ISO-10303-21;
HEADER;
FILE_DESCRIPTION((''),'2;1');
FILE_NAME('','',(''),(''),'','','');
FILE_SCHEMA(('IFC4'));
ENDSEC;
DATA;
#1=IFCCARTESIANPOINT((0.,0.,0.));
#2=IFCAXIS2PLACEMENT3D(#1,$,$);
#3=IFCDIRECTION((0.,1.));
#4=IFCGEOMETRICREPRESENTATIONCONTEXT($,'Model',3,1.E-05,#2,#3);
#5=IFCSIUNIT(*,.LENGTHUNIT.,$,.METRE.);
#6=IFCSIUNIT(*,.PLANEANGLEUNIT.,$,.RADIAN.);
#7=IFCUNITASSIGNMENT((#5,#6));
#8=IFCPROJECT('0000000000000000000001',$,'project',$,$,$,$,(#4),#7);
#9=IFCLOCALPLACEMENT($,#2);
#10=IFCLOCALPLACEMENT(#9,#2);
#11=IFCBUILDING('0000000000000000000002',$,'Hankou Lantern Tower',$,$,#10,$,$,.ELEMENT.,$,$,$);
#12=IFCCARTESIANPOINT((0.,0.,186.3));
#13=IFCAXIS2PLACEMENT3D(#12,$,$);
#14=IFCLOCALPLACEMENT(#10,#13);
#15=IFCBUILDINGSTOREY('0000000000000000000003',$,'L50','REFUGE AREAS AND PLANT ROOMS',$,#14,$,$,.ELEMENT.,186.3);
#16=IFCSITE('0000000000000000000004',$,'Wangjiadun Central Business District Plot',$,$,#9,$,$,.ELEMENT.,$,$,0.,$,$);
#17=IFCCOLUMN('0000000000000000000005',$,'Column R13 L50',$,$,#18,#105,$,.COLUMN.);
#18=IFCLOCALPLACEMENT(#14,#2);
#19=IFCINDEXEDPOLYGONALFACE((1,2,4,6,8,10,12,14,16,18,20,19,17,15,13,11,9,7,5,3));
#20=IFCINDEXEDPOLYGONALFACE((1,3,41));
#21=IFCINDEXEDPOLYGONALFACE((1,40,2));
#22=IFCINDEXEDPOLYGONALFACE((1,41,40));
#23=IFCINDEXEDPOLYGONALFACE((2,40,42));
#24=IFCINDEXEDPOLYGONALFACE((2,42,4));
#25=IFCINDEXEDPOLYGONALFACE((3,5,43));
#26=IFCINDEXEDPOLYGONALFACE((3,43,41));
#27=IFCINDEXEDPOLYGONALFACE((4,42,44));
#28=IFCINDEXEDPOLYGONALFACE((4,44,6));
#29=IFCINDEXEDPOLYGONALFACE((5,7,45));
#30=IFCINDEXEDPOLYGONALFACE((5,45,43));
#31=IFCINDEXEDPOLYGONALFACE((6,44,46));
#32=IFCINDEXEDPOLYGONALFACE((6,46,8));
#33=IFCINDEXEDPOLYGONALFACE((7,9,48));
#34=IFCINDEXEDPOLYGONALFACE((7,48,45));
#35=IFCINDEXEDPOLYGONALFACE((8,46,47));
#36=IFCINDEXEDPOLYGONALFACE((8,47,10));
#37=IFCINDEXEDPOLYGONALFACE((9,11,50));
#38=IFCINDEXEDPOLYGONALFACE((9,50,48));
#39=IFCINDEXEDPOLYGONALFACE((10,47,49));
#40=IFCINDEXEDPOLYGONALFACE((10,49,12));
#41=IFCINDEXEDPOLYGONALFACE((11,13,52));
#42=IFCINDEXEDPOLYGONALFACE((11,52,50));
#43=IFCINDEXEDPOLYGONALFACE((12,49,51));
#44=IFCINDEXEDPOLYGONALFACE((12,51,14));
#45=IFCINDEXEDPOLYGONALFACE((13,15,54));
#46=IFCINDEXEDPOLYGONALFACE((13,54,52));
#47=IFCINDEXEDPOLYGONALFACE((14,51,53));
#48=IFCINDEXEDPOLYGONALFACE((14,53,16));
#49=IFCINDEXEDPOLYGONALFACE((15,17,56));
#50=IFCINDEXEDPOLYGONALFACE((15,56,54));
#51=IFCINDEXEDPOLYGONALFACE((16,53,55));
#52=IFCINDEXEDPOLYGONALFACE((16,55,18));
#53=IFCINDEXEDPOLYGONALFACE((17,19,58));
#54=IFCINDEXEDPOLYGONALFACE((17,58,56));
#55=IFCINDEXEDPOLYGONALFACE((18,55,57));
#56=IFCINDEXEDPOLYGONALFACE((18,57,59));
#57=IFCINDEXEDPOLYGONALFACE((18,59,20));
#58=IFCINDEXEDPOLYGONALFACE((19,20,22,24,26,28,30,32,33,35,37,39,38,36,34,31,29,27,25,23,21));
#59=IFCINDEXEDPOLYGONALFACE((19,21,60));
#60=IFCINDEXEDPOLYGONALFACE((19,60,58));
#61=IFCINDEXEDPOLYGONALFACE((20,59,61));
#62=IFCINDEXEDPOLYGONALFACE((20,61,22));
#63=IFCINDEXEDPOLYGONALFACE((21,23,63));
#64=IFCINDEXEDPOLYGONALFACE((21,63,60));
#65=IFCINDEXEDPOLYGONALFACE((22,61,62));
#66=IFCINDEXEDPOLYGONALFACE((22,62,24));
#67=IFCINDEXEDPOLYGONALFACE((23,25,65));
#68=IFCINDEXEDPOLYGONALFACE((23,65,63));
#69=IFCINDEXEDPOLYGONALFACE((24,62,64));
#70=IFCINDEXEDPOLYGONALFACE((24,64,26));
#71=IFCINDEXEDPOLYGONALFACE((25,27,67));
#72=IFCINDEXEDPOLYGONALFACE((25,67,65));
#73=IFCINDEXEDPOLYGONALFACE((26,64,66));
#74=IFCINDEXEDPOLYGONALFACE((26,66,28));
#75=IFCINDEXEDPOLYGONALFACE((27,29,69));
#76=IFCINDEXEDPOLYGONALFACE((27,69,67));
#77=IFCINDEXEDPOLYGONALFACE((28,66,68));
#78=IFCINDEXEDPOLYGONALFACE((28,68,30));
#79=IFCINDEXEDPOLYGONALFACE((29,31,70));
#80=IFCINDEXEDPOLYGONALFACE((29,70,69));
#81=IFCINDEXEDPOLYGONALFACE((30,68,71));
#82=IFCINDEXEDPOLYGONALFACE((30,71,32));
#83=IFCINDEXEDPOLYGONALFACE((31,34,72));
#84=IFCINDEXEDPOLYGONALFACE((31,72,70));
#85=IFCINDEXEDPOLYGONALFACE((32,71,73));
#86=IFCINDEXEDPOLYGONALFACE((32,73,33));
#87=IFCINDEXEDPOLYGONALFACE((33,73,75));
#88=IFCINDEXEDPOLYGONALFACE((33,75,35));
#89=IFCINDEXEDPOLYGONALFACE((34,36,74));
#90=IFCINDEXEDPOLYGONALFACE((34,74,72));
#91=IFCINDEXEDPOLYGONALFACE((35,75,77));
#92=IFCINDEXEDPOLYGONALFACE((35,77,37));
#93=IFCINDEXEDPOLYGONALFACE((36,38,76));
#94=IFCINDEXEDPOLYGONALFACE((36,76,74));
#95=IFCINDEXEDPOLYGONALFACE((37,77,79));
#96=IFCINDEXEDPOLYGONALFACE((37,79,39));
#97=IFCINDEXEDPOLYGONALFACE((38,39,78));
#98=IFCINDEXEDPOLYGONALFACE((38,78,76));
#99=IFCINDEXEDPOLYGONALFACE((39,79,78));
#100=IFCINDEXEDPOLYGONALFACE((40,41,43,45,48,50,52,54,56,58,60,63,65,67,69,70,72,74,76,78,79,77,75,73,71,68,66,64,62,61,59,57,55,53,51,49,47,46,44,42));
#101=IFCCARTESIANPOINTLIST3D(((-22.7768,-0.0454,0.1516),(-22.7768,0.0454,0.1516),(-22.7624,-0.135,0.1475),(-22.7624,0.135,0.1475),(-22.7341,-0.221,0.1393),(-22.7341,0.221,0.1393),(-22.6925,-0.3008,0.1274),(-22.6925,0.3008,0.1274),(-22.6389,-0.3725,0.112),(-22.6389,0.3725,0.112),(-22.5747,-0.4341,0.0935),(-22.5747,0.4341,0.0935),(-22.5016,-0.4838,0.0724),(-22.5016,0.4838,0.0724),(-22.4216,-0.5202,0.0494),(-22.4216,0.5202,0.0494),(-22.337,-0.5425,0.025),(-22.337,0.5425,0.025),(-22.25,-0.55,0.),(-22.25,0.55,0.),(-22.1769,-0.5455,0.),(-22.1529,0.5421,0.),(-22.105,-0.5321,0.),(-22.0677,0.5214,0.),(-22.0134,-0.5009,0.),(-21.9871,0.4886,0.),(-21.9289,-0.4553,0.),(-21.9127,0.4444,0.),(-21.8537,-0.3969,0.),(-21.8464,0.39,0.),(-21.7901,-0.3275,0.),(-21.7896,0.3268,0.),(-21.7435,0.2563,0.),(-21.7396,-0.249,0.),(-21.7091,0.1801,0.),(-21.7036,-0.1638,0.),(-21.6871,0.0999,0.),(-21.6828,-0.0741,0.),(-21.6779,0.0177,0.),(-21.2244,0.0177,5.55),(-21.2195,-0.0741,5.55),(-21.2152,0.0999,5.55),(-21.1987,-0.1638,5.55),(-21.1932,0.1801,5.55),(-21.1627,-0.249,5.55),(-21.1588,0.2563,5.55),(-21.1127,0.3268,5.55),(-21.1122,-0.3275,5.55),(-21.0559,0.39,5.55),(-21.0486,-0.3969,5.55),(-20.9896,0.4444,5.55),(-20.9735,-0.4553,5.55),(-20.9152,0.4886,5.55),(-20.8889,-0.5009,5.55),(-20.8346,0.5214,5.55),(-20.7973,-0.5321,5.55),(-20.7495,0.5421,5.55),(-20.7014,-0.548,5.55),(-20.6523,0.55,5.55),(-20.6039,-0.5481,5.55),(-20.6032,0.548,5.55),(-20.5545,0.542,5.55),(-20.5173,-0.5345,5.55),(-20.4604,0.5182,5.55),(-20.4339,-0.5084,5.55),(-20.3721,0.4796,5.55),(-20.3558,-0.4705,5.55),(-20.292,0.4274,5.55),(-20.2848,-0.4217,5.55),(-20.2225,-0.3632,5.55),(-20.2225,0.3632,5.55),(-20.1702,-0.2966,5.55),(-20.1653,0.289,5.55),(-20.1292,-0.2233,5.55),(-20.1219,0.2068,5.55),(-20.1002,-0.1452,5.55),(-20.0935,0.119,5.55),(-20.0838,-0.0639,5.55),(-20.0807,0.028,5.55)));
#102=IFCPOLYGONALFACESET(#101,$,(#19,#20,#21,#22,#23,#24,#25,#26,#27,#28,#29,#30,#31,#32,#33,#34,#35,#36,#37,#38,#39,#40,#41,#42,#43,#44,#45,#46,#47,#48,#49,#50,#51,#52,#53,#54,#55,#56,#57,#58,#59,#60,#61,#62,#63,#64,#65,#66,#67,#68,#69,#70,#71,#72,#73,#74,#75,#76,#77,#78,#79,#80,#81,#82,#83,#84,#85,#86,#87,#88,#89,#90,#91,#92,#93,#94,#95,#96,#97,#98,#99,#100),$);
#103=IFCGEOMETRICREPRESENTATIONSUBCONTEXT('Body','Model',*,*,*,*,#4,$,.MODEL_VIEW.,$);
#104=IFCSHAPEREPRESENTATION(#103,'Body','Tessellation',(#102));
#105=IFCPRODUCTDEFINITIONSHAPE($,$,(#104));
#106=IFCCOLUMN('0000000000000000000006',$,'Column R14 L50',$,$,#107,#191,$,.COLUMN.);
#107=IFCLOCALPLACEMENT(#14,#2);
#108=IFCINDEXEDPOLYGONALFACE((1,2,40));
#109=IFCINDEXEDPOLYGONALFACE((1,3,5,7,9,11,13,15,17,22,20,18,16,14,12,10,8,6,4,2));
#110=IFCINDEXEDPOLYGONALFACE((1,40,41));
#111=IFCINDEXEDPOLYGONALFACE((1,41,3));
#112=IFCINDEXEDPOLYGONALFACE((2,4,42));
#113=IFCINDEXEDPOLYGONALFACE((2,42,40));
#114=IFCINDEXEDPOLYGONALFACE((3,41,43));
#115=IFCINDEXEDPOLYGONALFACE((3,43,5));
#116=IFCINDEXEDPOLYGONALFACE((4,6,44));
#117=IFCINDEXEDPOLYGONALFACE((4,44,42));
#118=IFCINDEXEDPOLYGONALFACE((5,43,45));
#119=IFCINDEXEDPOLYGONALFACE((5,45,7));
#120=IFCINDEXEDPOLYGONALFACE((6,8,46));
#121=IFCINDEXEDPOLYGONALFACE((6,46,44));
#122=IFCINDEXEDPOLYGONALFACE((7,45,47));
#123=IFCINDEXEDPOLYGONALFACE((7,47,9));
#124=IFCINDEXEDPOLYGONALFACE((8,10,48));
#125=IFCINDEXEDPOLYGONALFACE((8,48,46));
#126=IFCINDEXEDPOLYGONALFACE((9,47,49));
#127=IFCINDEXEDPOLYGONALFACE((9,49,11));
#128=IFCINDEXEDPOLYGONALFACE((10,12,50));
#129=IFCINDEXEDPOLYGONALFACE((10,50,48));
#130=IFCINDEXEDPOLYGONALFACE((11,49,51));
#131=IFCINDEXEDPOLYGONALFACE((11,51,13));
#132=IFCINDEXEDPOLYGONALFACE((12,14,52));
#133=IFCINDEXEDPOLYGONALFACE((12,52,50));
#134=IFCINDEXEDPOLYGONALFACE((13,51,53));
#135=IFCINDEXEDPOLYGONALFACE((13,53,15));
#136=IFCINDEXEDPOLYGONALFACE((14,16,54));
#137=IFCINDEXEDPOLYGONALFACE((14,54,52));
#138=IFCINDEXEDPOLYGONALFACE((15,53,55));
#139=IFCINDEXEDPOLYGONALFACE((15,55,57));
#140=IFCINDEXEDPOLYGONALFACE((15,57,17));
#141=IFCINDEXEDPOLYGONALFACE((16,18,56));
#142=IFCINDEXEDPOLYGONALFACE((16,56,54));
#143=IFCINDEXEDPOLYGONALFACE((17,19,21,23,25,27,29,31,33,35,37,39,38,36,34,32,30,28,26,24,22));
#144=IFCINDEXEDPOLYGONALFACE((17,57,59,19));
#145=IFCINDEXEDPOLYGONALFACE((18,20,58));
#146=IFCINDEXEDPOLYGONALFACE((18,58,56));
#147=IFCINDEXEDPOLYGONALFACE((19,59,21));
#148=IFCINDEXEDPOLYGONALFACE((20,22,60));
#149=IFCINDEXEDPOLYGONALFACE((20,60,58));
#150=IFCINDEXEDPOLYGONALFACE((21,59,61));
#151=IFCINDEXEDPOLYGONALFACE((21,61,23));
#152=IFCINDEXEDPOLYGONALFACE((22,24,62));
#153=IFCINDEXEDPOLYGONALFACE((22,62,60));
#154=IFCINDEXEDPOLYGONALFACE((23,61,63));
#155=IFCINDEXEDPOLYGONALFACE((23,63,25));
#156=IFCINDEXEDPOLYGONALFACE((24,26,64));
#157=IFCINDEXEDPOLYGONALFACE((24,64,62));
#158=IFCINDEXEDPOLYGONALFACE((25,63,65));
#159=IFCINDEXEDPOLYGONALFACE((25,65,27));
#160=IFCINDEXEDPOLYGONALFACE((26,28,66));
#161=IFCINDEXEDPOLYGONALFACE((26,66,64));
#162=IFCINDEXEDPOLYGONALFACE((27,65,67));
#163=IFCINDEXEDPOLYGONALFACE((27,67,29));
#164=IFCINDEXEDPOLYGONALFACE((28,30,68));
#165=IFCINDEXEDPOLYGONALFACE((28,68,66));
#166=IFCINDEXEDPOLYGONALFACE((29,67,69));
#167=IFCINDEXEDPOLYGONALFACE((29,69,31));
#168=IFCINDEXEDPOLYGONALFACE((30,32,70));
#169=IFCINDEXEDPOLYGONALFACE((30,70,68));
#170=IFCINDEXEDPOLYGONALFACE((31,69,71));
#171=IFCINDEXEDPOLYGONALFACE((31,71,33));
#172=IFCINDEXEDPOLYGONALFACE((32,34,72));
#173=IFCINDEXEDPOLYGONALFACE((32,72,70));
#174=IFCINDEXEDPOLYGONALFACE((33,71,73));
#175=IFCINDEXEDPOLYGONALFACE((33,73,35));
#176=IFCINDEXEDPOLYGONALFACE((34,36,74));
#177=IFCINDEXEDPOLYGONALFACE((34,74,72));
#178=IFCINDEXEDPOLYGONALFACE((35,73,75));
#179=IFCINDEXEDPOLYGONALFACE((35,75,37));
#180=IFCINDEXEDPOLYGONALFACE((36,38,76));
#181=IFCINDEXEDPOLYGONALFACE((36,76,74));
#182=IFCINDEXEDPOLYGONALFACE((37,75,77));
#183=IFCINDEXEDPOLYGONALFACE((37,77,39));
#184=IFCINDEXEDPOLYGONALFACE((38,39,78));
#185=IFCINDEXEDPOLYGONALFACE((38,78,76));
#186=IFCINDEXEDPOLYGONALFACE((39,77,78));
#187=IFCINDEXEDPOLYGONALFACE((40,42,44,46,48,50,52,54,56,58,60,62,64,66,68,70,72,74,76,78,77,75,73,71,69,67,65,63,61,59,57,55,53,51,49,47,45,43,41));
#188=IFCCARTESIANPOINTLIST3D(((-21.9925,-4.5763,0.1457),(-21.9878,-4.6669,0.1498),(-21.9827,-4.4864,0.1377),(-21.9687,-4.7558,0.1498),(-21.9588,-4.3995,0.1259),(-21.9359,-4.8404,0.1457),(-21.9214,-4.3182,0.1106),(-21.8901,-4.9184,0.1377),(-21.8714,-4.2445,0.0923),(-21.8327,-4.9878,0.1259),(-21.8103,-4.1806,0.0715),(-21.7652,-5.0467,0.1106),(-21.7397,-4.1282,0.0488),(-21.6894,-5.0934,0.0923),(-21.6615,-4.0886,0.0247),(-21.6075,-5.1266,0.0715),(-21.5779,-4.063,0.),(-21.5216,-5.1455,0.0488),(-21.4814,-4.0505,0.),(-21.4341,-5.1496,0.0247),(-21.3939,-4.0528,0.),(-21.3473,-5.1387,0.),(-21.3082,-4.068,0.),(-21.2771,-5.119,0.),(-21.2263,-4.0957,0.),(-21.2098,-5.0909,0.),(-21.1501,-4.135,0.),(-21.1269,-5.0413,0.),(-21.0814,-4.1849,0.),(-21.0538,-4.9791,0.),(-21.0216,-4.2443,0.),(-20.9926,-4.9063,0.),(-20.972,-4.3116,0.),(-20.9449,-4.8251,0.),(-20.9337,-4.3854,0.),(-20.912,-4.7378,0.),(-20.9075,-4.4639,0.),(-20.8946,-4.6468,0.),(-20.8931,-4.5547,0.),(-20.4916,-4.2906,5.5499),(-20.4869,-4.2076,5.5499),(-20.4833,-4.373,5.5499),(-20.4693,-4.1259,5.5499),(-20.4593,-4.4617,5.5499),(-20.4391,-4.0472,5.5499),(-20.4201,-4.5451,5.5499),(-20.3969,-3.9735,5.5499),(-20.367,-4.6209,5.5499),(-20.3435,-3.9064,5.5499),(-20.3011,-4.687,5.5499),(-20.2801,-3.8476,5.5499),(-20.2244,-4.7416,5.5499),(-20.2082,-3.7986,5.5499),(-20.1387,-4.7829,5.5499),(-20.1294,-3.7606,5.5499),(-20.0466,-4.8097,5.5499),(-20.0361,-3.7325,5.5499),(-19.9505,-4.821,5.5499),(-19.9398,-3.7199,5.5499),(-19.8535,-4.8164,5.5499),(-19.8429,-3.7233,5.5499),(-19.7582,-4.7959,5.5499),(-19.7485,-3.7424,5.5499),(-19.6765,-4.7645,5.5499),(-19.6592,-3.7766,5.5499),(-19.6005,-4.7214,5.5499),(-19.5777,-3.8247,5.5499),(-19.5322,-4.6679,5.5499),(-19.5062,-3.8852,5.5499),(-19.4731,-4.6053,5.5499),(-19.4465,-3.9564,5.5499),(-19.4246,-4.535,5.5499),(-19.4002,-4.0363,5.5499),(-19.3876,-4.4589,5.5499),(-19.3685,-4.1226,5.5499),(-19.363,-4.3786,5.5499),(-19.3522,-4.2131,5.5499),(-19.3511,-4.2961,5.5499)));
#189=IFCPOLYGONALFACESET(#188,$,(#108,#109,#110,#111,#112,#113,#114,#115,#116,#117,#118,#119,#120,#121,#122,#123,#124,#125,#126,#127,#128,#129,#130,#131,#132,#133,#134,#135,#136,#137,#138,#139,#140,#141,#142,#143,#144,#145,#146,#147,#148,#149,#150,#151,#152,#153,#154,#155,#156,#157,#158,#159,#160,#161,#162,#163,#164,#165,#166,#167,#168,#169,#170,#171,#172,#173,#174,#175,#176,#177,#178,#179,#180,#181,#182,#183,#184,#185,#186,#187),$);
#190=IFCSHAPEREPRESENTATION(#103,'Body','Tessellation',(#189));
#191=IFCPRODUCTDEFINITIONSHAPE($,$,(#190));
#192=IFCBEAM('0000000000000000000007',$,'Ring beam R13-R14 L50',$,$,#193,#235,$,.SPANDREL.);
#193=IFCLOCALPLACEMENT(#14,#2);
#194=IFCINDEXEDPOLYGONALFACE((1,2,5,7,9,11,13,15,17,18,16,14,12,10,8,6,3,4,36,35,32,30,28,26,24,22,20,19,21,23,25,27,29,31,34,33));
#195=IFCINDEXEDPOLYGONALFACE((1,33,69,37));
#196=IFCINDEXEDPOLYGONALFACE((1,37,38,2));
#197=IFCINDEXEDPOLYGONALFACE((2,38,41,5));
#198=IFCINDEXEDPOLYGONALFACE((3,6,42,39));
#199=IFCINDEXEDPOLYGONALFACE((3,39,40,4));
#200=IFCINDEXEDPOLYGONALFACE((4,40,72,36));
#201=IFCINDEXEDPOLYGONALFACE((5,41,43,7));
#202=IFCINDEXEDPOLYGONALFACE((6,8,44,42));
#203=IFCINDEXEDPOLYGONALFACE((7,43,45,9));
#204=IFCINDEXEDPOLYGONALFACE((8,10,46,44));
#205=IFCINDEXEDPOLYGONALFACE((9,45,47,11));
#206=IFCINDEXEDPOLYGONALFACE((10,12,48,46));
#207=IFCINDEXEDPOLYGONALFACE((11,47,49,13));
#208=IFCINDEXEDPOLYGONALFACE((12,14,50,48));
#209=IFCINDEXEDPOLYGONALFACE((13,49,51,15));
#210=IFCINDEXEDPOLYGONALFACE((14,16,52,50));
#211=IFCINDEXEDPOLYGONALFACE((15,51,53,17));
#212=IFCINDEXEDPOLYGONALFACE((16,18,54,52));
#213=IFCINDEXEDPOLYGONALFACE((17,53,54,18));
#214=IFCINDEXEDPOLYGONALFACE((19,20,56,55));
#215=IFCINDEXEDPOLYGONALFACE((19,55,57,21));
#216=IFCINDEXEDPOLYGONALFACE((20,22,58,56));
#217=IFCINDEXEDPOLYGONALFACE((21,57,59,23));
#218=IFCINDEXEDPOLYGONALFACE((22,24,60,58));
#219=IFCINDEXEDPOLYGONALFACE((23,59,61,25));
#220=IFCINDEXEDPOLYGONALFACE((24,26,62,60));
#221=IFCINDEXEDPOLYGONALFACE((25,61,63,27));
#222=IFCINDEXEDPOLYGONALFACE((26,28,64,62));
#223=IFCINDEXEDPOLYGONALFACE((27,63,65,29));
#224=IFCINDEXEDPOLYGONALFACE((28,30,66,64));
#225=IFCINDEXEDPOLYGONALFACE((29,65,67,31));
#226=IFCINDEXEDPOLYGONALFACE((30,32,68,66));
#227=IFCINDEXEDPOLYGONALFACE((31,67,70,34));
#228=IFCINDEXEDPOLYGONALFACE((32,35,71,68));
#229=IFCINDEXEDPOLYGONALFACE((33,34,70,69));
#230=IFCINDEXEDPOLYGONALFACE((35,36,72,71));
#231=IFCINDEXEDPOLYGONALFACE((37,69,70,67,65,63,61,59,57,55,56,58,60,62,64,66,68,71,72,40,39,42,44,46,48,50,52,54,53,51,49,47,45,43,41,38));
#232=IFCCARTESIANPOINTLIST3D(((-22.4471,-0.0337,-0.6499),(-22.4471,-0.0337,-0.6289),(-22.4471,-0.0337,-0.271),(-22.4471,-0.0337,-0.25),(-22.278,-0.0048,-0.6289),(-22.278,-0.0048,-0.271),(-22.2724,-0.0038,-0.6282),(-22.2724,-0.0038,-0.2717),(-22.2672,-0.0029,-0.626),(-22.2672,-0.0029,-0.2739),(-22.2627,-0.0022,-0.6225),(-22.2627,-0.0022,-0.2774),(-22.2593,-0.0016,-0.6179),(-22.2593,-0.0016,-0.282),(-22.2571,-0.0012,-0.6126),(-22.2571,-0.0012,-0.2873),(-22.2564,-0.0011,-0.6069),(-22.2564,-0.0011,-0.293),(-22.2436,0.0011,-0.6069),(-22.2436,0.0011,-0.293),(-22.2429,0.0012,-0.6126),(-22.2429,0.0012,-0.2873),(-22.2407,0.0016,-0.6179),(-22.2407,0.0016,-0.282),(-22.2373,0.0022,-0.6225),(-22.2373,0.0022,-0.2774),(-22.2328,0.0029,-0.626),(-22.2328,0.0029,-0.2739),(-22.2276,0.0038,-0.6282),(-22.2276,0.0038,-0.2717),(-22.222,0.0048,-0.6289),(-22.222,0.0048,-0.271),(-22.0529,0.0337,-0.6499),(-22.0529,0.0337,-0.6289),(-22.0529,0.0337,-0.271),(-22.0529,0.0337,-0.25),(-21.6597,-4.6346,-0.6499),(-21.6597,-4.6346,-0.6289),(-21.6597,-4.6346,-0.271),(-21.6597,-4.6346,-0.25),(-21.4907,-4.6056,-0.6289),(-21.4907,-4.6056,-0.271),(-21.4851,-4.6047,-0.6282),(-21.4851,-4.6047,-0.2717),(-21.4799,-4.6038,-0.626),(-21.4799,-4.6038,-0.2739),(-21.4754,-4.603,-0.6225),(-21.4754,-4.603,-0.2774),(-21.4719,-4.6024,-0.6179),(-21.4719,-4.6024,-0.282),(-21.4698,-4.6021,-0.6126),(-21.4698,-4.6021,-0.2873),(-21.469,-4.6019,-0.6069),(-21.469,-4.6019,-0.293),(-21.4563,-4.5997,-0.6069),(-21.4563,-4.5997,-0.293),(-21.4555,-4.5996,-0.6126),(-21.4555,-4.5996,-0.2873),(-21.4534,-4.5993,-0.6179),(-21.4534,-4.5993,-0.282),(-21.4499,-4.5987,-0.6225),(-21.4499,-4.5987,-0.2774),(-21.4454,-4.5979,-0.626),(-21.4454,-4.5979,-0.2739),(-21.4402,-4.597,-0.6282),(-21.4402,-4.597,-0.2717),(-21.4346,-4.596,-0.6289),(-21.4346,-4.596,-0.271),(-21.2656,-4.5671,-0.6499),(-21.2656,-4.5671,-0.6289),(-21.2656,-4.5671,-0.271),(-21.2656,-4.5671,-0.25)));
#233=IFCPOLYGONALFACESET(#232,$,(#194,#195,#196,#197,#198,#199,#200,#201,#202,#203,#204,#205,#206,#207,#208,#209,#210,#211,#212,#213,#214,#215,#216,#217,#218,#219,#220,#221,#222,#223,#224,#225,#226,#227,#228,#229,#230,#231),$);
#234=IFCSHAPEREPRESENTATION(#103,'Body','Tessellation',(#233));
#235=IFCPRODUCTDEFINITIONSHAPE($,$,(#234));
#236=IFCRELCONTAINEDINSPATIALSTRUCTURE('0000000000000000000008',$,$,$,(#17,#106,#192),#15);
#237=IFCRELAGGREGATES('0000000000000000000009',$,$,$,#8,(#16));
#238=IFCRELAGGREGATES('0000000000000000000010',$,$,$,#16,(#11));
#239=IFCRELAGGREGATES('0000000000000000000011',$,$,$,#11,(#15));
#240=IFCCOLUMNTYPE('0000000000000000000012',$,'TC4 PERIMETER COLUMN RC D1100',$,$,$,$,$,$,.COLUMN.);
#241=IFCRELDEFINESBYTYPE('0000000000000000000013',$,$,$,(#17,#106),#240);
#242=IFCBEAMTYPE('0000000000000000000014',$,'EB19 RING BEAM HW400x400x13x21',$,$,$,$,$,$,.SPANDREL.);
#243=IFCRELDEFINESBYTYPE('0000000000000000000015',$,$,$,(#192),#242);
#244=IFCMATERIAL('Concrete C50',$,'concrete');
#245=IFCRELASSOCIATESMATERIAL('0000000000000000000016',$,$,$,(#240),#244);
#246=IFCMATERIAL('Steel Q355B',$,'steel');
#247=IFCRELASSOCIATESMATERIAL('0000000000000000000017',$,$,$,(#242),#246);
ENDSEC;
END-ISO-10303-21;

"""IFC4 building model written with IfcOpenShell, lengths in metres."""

from ifc_helpers import new_model, si_unit, direction, frame, origin, origin_2d, place, context, subcontext, project, spatial, circle, i_section, extrude, clip, halfspace, material, material_profile, profile_set, type_object, element, save


model = new_model("IFC4")

# Units and contexts
model_context = context("Model", 3, precision=1e-05, world=origin(), true_north=direction((0.0, 1.0)))
body_context = subcontext(model_context, "Body", "Model", "MODEL_VIEW")
ifc_project = project(units=[si_unit("LENGTHUNIT", "METRE"), si_unit("PLANEANGLEUNIT", "RADIAN")], contexts=[model_context])

# Site, building, storey
site_placement = place(None, origin())
site = spatial("IfcSite", under=ifc_project, at=site_placement, Name="Wangjiadun Central Business District Plot", CompositionType="ELEMENT", RefElevation=0.0)
building_placement = place(site_placement, origin())
building = spatial("IfcBuilding", under=site, at=building_placement, Name="Hankou Lantern Tower", CompositionType="ELEMENT")
storey_placement = place(building_placement, frame((0.0, 0.0, 186.3)))
storey = spatial("IfcBuildingStorey", under=building, at=storey_placement, Name="L50", Description="REFUGE AREAS AND PLANT ROOMS", CompositionType="ELEMENT", Elevation=186.3)

# Columns
ifc_material_1 = material(Name="Concrete C50", Category="concrete")
ifc_material_profile_1 = material_profile(ifc_material_1, circle(Radius=0.55, at=origin_2d()), Name="RC D1100")
ifc_profile_set_1 = profile_set([ifc_material_profile_1], Name="Concrete C50")
column_type = type_object("IfcColumnType", Name="TC4 PERIMETER COLUMN RC D1100", PredefinedType="COLUMN", material=ifc_profile_set_1)
column_1_placement = place(storey_placement, frame((-22.25, 0.0, 0.0), z_axis=(0.276636, 0.0, 0.960975), x_axis=(0.0, 1.0, 0.0)))
element("IfcColumn", 1, at=column_1_placement, inside=storey, type_object=column_type, Name="Column R13 L50", PredefinedType="COLUMN", context=body_context, shape_type="Clipping", body=[
    clip(clip(extrude(circle(Radius=0.55, at=origin_2d()), origin(), (0.0, 0.0, 1.0), 6.8679), halfspace(frame((0.0, 0.0, 0.0), z_axis=(0.0, -0.276636, -0.960975), x_axis=(0.0, -0.960975, 0.276636)), False)), halfspace(frame((0.0, 0.0, 5.7754), z_axis=(0.0, 0.276636, 0.960975), x_axis=(0.0, -0.960975, 0.276636)), False)),
])
column_2_placement = place(storey_placement, frame((-21.4626, -4.6008, 0.0), z_axis=(0.267232, 0.057289, 0.961928), x_axis=(-0.209618, 0.977783, 0.0)))
element("IfcColumn", 2, at=column_2_placement, inside=storey, type_object=column_type, Name="Column R14 L50", PredefinedType="COLUMN", context=body_context, shape_type="Clipping", body=[
    clip(clip(extrude(circle(Radius=0.55, at=origin_2d()), origin(), (0.0, 0.0, 1.0), 6.8611), halfspace(frame((0.0, 0.0, 0.0), z_axis=(0.0, -0.273304, -0.961928), x_axis=(-0.209618, -0.940557, 0.267232)), False)), halfspace(frame((0.0, 0.0, 5.7695), z_axis=(0.0, 0.273304, 0.961928), x_axis=(-0.209618, -0.940557, 0.267232)), False)),
])

# Beam
ifc_material_2 = material(Name="Steel Q355B", Category="steel")
ifc_material_profile_2 = material_profile(ifc_material_2, i_section(OverallWidth=0.3999, OverallDepth=0.3999, WebThickness=0.0129, FlangeThickness=0.021, FilletRadius=0.022, at=origin_2d()), Name="HW400x400x13x21")
ifc_profile_set_2 = profile_set([ifc_material_profile_2], Name="Steel Q355B")
beam_type_1 = type_object("IfcBeamType", Name="EB19 RING BEAM HW400x400x13x21", PredefinedType="SPANDREL", material=ifc_profile_set_2)
beam_1_placement = place(storey_placement, frame((-22.25, 0.0, -0.45), z_axis=(0.168681, -0.985671, 0.0), x_axis=(0.985671, 0.168681, 0.0)))
element("IfcBeam", 3, at=beam_1_placement, inside=storey, type_object=beam_type_1, Name="Ring beam R13-R14 L50", PredefinedType="SPANDREL", context=body_context, shape_type="SweptSolid", body=[
    extrude(i_section(OverallWidth=0.3999, OverallDepth=0.3999, WebThickness=0.0129, FlangeThickness=0.021, FilletRadius=0.022, at=origin_2d()), origin(), (0.0, 0.0, 1.0), 4.6677),
])

save(model, "model.ifc")
